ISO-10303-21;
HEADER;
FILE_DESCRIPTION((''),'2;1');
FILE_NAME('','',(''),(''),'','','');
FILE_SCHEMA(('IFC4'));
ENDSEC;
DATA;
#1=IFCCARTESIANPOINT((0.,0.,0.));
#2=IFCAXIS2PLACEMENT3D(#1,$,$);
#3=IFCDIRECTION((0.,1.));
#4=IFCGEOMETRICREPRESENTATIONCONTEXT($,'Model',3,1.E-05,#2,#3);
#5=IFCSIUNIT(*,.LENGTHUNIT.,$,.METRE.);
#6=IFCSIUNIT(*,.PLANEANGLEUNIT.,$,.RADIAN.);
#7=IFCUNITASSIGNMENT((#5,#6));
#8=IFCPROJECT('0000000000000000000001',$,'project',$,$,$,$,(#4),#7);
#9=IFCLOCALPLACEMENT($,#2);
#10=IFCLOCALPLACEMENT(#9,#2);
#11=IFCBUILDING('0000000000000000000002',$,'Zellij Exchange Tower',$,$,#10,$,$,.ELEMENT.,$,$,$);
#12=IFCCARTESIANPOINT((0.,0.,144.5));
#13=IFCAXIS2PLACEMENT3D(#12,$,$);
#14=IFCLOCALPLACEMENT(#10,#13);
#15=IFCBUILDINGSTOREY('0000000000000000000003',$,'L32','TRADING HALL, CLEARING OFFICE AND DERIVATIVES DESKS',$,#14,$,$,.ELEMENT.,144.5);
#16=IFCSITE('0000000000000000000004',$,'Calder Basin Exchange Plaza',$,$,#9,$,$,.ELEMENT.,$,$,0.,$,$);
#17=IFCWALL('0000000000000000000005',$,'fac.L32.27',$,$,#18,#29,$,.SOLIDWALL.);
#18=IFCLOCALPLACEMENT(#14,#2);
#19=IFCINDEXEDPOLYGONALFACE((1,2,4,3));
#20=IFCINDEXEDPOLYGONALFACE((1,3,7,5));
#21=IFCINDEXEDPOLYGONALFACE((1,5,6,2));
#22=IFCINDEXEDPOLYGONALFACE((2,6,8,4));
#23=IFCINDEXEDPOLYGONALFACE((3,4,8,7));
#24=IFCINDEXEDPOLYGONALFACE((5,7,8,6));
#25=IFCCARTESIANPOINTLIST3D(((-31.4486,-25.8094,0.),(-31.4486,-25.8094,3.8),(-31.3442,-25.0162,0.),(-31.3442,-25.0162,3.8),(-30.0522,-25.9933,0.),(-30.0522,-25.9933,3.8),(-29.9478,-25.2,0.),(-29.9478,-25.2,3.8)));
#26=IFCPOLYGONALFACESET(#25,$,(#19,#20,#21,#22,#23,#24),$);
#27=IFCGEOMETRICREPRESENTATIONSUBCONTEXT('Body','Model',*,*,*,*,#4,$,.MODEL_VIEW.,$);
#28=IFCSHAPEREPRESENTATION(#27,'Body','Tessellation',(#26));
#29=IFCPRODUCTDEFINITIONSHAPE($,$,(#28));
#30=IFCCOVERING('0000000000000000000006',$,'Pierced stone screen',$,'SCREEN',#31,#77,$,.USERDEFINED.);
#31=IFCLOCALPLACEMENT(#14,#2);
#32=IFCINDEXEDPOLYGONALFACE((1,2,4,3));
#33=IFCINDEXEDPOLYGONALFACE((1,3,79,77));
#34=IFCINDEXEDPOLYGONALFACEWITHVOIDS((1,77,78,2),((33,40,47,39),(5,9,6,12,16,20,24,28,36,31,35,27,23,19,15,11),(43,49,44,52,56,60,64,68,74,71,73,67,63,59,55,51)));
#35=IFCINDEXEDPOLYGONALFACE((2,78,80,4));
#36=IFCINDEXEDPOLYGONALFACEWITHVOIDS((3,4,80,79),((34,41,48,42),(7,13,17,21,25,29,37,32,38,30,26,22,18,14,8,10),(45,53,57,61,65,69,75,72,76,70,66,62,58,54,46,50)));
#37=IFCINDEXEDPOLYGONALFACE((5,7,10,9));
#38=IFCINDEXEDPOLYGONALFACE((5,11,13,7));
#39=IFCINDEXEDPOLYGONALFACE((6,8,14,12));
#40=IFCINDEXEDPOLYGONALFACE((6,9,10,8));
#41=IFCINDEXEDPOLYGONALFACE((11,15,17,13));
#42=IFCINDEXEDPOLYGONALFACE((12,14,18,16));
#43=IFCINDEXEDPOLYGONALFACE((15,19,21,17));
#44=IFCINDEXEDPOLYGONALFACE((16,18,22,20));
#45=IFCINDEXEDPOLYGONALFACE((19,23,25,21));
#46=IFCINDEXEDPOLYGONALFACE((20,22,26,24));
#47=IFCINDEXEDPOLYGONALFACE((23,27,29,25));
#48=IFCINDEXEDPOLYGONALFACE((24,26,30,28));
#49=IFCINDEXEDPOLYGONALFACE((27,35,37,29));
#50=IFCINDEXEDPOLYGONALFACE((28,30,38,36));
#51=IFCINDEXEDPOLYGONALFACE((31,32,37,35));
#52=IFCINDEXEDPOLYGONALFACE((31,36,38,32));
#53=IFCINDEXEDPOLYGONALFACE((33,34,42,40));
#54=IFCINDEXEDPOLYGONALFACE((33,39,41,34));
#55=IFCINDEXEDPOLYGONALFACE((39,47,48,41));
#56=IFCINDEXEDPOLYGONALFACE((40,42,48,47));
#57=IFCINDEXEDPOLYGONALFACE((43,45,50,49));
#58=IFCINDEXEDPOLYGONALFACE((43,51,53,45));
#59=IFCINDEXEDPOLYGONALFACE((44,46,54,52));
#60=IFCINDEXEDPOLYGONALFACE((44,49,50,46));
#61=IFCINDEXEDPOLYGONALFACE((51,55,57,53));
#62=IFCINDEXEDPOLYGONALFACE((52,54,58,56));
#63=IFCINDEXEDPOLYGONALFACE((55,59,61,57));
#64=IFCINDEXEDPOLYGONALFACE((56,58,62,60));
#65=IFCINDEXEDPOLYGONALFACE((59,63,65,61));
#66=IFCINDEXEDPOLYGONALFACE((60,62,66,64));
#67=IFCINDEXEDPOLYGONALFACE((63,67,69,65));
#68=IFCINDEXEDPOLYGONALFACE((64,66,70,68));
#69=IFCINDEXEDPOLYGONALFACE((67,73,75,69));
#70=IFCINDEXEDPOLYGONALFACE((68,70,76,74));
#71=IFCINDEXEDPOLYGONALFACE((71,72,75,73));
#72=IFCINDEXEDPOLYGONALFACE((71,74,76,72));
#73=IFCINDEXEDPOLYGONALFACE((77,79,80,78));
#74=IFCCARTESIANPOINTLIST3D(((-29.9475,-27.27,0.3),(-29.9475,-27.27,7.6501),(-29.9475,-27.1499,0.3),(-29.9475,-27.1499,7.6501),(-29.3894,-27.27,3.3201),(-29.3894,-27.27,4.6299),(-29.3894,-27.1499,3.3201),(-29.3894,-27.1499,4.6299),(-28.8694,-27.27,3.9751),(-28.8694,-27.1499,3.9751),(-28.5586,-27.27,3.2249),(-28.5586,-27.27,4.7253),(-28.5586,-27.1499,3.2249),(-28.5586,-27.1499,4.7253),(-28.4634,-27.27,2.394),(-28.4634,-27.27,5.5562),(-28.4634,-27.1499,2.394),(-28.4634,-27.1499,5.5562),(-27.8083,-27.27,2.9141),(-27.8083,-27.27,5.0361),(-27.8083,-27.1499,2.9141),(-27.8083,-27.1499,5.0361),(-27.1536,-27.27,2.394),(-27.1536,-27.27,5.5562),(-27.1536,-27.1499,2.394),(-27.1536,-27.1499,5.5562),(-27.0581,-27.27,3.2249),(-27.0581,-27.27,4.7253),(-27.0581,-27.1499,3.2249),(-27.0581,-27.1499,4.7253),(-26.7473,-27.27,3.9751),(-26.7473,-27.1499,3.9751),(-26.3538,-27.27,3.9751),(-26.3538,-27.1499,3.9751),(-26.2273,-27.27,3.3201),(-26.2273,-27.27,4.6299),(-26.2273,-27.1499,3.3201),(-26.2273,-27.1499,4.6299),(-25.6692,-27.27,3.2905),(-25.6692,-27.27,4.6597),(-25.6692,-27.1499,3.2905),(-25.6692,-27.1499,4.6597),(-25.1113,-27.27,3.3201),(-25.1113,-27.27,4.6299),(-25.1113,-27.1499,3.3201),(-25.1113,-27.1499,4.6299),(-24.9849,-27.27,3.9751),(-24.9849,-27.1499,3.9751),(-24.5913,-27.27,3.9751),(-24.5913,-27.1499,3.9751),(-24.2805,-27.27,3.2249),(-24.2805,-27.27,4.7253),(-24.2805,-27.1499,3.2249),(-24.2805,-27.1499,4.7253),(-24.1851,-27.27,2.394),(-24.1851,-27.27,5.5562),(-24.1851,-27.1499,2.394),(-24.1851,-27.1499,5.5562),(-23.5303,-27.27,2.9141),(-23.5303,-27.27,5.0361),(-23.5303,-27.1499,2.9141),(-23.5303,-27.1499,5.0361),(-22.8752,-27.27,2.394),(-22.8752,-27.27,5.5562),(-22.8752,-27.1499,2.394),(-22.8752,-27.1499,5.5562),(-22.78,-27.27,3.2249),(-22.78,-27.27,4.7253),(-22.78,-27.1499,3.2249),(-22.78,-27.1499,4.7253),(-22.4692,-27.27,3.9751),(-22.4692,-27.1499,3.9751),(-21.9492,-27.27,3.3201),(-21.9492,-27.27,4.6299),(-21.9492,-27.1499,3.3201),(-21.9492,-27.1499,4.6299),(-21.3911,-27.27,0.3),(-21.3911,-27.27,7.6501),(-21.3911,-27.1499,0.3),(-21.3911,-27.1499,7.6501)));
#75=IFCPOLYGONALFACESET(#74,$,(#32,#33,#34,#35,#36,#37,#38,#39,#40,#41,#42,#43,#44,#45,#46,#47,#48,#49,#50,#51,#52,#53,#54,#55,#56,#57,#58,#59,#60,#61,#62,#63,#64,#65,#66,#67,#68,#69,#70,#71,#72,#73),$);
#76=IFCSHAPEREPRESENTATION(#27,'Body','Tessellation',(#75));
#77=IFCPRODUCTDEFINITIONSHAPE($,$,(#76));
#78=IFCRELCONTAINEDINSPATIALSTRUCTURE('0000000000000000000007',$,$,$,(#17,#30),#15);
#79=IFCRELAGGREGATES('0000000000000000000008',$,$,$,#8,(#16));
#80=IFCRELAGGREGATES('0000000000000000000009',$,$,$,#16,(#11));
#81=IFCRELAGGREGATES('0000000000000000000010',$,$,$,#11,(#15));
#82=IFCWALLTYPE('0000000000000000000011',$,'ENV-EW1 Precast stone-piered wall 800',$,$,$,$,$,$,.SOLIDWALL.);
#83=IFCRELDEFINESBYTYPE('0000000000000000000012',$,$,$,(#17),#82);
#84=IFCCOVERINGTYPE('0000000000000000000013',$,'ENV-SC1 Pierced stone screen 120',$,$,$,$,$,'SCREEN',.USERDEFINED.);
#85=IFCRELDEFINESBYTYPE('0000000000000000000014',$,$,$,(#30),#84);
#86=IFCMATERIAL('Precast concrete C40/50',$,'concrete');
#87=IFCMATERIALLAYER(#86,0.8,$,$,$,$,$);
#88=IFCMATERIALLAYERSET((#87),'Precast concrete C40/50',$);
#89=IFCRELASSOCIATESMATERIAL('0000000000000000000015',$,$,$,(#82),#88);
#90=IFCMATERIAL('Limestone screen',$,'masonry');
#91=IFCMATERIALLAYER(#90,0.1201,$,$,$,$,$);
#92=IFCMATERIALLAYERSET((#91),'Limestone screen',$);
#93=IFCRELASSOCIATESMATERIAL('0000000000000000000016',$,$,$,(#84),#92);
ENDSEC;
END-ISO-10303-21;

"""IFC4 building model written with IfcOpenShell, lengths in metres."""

from ifc_helpers import new_model, si_unit, direction, frame, frame_2d, origin, place, context, subcontext, project, spatial, polyline, rectangle, outline, extrude, material, layer, layer_set, type_object, element, save


model = new_model("IFC4")

# Units and contexts
model_context = context("Model", 3, precision=1e-05, world=origin(), true_north=direction((0.0, 1.0)))
body_context = subcontext(model_context, "Body", "Model", "MODEL_VIEW")
ifc_project = project(units=[si_unit("LENGTHUNIT", "METRE"), si_unit("PLANEANGLEUNIT", "RADIAN")], contexts=[model_context])

# Site, building, storey
site_placement = place(None, origin())
site = spatial("IfcSite", under=ifc_project, at=site_placement, Name="Calder Basin Exchange Plaza", CompositionType="ELEMENT", RefElevation=0.0)
building_placement = place(site_placement, origin())
building = spatial("IfcBuilding", under=site, at=building_placement, Name="Zellij Exchange Tower", CompositionType="ELEMENT")
storey_placement = place(building_placement, frame((0.0, 0.0, 144.5)))
storey = spatial("IfcBuildingStorey", under=building, at=storey_placement, Name="L32", Description="TRADING HALL, CLEARING OFFICE AND DERIVATIVES DESKS", CompositionType="ELEMENT", Elevation=144.5)

# Shared definitions
ifc_material_1 = material(Name="Precast concrete C40/50", Category="concrete")
ifc_layer_1 = layer(ifc_material_1, 0.8)
ifc_layer_set_1 = layer_set([ifc_layer_1], Name="Precast concrete C40/50")
wall_type = type_object("IfcWallType", Name="ENV-EW1 Precast stone-piered wall 800", PredefinedType="SOLIDWALL", material=ifc_layer_set_1)

# Wall
wall_1_placement = place(storey_placement, frame((-31.3962, -25.4128, 0.0), z_axis=(0.0, 0.0, 1.0), x_axis=(0.991446, -0.130517, 0.0)))
element("IfcWall", 1, at=wall_1_placement, inside=storey, type_object=wall_type, Name="fac.L32.27", PredefinedType="SOLIDWALL", context=body_context, shape_type="SweptSolid", body=[
    extrude(rectangle(XDim=1.4084, YDim=0.8, at=frame_2d((0.7041, 0.0))), origin(), (0.0, 0.0, 1.0), 3.8),
])

# Covering
ifc_material_2 = material(Name="Limestone screen", Category="masonry")
ifc_layer_2 = layer(ifc_material_2, 0.1201)
ifc_layer_set_2 = layer_set([ifc_layer_2], Name="Limestone screen")
covering_type = type_object("IfcCoveringType", Name="ENV-SC1 Pierced stone screen 120", ElementType="SCREEN", PredefinedType="USERDEFINED", material=ifc_layer_set_2)
covering_placement = place(storey_placement, frame((-29.9475, -27.21, 0.3), z_axis=(0.0, 0.0, 1.0), x_axis=(1.0, 0.0, 0.0)))
element("IfcCovering", 2, at=covering_placement, inside=storey, type_object=covering_type, Name="Pierced stone screen", ObjectType="SCREEN", PredefinedType="USERDEFINED", context=body_context, shape_type="SweptSolid", body=[
    extrude(outline(polyline([(0.0, 0.0), (8.5564, 0.0), (8.5564, 7.3501), (0.0, 7.3501), (0.0, 0.0)]), holes=[polyline([(3.7202, 4.3298), (2.8894, 4.4253), (2.7939, 5.2561), (2.1392, 4.7361), (1.4841, 5.2561), (1.3889, 4.4253), (0.5581, 4.3298), (1.0781, 3.675), (0.5581, 3.02), (1.3889, 2.9248), (1.4841, 2.094), (2.1392, 2.614), (2.7939, 2.094), (2.8894, 2.9248), (3.7202, 3.02), (3.2002, 3.675), (3.7202, 4.3298)]), polyline([(7.9983, 4.3298), (7.1675, 4.4253), (7.0723, 5.2561), (6.4172, 4.7361), (5.7625, 5.2561), (5.667, 4.4253), (4.8362, 4.3298), (5.3562, 3.675), (4.8362, 3.02), (5.667, 2.9248), (5.7625, 2.094), (6.4172, 2.614), (7.0723, 2.094), (7.1675, 2.9248), (7.9983, 3.02), (7.4783, 3.675), (7.9983, 4.3298)]), polyline([(4.9626, 3.675), (4.2783, 4.3596), (3.5938, 3.675), (4.2783, 2.9905), (4.9626, 3.675)])]), frame((0.0, 0.0601, 0.0), z_axis=(0.0, -1.0, 0.0), x_axis=(1.0, 0.0, 0.0)), (0.0, 0.0, 1.0), 0.1201),
])

save(model, "model.ifc")
